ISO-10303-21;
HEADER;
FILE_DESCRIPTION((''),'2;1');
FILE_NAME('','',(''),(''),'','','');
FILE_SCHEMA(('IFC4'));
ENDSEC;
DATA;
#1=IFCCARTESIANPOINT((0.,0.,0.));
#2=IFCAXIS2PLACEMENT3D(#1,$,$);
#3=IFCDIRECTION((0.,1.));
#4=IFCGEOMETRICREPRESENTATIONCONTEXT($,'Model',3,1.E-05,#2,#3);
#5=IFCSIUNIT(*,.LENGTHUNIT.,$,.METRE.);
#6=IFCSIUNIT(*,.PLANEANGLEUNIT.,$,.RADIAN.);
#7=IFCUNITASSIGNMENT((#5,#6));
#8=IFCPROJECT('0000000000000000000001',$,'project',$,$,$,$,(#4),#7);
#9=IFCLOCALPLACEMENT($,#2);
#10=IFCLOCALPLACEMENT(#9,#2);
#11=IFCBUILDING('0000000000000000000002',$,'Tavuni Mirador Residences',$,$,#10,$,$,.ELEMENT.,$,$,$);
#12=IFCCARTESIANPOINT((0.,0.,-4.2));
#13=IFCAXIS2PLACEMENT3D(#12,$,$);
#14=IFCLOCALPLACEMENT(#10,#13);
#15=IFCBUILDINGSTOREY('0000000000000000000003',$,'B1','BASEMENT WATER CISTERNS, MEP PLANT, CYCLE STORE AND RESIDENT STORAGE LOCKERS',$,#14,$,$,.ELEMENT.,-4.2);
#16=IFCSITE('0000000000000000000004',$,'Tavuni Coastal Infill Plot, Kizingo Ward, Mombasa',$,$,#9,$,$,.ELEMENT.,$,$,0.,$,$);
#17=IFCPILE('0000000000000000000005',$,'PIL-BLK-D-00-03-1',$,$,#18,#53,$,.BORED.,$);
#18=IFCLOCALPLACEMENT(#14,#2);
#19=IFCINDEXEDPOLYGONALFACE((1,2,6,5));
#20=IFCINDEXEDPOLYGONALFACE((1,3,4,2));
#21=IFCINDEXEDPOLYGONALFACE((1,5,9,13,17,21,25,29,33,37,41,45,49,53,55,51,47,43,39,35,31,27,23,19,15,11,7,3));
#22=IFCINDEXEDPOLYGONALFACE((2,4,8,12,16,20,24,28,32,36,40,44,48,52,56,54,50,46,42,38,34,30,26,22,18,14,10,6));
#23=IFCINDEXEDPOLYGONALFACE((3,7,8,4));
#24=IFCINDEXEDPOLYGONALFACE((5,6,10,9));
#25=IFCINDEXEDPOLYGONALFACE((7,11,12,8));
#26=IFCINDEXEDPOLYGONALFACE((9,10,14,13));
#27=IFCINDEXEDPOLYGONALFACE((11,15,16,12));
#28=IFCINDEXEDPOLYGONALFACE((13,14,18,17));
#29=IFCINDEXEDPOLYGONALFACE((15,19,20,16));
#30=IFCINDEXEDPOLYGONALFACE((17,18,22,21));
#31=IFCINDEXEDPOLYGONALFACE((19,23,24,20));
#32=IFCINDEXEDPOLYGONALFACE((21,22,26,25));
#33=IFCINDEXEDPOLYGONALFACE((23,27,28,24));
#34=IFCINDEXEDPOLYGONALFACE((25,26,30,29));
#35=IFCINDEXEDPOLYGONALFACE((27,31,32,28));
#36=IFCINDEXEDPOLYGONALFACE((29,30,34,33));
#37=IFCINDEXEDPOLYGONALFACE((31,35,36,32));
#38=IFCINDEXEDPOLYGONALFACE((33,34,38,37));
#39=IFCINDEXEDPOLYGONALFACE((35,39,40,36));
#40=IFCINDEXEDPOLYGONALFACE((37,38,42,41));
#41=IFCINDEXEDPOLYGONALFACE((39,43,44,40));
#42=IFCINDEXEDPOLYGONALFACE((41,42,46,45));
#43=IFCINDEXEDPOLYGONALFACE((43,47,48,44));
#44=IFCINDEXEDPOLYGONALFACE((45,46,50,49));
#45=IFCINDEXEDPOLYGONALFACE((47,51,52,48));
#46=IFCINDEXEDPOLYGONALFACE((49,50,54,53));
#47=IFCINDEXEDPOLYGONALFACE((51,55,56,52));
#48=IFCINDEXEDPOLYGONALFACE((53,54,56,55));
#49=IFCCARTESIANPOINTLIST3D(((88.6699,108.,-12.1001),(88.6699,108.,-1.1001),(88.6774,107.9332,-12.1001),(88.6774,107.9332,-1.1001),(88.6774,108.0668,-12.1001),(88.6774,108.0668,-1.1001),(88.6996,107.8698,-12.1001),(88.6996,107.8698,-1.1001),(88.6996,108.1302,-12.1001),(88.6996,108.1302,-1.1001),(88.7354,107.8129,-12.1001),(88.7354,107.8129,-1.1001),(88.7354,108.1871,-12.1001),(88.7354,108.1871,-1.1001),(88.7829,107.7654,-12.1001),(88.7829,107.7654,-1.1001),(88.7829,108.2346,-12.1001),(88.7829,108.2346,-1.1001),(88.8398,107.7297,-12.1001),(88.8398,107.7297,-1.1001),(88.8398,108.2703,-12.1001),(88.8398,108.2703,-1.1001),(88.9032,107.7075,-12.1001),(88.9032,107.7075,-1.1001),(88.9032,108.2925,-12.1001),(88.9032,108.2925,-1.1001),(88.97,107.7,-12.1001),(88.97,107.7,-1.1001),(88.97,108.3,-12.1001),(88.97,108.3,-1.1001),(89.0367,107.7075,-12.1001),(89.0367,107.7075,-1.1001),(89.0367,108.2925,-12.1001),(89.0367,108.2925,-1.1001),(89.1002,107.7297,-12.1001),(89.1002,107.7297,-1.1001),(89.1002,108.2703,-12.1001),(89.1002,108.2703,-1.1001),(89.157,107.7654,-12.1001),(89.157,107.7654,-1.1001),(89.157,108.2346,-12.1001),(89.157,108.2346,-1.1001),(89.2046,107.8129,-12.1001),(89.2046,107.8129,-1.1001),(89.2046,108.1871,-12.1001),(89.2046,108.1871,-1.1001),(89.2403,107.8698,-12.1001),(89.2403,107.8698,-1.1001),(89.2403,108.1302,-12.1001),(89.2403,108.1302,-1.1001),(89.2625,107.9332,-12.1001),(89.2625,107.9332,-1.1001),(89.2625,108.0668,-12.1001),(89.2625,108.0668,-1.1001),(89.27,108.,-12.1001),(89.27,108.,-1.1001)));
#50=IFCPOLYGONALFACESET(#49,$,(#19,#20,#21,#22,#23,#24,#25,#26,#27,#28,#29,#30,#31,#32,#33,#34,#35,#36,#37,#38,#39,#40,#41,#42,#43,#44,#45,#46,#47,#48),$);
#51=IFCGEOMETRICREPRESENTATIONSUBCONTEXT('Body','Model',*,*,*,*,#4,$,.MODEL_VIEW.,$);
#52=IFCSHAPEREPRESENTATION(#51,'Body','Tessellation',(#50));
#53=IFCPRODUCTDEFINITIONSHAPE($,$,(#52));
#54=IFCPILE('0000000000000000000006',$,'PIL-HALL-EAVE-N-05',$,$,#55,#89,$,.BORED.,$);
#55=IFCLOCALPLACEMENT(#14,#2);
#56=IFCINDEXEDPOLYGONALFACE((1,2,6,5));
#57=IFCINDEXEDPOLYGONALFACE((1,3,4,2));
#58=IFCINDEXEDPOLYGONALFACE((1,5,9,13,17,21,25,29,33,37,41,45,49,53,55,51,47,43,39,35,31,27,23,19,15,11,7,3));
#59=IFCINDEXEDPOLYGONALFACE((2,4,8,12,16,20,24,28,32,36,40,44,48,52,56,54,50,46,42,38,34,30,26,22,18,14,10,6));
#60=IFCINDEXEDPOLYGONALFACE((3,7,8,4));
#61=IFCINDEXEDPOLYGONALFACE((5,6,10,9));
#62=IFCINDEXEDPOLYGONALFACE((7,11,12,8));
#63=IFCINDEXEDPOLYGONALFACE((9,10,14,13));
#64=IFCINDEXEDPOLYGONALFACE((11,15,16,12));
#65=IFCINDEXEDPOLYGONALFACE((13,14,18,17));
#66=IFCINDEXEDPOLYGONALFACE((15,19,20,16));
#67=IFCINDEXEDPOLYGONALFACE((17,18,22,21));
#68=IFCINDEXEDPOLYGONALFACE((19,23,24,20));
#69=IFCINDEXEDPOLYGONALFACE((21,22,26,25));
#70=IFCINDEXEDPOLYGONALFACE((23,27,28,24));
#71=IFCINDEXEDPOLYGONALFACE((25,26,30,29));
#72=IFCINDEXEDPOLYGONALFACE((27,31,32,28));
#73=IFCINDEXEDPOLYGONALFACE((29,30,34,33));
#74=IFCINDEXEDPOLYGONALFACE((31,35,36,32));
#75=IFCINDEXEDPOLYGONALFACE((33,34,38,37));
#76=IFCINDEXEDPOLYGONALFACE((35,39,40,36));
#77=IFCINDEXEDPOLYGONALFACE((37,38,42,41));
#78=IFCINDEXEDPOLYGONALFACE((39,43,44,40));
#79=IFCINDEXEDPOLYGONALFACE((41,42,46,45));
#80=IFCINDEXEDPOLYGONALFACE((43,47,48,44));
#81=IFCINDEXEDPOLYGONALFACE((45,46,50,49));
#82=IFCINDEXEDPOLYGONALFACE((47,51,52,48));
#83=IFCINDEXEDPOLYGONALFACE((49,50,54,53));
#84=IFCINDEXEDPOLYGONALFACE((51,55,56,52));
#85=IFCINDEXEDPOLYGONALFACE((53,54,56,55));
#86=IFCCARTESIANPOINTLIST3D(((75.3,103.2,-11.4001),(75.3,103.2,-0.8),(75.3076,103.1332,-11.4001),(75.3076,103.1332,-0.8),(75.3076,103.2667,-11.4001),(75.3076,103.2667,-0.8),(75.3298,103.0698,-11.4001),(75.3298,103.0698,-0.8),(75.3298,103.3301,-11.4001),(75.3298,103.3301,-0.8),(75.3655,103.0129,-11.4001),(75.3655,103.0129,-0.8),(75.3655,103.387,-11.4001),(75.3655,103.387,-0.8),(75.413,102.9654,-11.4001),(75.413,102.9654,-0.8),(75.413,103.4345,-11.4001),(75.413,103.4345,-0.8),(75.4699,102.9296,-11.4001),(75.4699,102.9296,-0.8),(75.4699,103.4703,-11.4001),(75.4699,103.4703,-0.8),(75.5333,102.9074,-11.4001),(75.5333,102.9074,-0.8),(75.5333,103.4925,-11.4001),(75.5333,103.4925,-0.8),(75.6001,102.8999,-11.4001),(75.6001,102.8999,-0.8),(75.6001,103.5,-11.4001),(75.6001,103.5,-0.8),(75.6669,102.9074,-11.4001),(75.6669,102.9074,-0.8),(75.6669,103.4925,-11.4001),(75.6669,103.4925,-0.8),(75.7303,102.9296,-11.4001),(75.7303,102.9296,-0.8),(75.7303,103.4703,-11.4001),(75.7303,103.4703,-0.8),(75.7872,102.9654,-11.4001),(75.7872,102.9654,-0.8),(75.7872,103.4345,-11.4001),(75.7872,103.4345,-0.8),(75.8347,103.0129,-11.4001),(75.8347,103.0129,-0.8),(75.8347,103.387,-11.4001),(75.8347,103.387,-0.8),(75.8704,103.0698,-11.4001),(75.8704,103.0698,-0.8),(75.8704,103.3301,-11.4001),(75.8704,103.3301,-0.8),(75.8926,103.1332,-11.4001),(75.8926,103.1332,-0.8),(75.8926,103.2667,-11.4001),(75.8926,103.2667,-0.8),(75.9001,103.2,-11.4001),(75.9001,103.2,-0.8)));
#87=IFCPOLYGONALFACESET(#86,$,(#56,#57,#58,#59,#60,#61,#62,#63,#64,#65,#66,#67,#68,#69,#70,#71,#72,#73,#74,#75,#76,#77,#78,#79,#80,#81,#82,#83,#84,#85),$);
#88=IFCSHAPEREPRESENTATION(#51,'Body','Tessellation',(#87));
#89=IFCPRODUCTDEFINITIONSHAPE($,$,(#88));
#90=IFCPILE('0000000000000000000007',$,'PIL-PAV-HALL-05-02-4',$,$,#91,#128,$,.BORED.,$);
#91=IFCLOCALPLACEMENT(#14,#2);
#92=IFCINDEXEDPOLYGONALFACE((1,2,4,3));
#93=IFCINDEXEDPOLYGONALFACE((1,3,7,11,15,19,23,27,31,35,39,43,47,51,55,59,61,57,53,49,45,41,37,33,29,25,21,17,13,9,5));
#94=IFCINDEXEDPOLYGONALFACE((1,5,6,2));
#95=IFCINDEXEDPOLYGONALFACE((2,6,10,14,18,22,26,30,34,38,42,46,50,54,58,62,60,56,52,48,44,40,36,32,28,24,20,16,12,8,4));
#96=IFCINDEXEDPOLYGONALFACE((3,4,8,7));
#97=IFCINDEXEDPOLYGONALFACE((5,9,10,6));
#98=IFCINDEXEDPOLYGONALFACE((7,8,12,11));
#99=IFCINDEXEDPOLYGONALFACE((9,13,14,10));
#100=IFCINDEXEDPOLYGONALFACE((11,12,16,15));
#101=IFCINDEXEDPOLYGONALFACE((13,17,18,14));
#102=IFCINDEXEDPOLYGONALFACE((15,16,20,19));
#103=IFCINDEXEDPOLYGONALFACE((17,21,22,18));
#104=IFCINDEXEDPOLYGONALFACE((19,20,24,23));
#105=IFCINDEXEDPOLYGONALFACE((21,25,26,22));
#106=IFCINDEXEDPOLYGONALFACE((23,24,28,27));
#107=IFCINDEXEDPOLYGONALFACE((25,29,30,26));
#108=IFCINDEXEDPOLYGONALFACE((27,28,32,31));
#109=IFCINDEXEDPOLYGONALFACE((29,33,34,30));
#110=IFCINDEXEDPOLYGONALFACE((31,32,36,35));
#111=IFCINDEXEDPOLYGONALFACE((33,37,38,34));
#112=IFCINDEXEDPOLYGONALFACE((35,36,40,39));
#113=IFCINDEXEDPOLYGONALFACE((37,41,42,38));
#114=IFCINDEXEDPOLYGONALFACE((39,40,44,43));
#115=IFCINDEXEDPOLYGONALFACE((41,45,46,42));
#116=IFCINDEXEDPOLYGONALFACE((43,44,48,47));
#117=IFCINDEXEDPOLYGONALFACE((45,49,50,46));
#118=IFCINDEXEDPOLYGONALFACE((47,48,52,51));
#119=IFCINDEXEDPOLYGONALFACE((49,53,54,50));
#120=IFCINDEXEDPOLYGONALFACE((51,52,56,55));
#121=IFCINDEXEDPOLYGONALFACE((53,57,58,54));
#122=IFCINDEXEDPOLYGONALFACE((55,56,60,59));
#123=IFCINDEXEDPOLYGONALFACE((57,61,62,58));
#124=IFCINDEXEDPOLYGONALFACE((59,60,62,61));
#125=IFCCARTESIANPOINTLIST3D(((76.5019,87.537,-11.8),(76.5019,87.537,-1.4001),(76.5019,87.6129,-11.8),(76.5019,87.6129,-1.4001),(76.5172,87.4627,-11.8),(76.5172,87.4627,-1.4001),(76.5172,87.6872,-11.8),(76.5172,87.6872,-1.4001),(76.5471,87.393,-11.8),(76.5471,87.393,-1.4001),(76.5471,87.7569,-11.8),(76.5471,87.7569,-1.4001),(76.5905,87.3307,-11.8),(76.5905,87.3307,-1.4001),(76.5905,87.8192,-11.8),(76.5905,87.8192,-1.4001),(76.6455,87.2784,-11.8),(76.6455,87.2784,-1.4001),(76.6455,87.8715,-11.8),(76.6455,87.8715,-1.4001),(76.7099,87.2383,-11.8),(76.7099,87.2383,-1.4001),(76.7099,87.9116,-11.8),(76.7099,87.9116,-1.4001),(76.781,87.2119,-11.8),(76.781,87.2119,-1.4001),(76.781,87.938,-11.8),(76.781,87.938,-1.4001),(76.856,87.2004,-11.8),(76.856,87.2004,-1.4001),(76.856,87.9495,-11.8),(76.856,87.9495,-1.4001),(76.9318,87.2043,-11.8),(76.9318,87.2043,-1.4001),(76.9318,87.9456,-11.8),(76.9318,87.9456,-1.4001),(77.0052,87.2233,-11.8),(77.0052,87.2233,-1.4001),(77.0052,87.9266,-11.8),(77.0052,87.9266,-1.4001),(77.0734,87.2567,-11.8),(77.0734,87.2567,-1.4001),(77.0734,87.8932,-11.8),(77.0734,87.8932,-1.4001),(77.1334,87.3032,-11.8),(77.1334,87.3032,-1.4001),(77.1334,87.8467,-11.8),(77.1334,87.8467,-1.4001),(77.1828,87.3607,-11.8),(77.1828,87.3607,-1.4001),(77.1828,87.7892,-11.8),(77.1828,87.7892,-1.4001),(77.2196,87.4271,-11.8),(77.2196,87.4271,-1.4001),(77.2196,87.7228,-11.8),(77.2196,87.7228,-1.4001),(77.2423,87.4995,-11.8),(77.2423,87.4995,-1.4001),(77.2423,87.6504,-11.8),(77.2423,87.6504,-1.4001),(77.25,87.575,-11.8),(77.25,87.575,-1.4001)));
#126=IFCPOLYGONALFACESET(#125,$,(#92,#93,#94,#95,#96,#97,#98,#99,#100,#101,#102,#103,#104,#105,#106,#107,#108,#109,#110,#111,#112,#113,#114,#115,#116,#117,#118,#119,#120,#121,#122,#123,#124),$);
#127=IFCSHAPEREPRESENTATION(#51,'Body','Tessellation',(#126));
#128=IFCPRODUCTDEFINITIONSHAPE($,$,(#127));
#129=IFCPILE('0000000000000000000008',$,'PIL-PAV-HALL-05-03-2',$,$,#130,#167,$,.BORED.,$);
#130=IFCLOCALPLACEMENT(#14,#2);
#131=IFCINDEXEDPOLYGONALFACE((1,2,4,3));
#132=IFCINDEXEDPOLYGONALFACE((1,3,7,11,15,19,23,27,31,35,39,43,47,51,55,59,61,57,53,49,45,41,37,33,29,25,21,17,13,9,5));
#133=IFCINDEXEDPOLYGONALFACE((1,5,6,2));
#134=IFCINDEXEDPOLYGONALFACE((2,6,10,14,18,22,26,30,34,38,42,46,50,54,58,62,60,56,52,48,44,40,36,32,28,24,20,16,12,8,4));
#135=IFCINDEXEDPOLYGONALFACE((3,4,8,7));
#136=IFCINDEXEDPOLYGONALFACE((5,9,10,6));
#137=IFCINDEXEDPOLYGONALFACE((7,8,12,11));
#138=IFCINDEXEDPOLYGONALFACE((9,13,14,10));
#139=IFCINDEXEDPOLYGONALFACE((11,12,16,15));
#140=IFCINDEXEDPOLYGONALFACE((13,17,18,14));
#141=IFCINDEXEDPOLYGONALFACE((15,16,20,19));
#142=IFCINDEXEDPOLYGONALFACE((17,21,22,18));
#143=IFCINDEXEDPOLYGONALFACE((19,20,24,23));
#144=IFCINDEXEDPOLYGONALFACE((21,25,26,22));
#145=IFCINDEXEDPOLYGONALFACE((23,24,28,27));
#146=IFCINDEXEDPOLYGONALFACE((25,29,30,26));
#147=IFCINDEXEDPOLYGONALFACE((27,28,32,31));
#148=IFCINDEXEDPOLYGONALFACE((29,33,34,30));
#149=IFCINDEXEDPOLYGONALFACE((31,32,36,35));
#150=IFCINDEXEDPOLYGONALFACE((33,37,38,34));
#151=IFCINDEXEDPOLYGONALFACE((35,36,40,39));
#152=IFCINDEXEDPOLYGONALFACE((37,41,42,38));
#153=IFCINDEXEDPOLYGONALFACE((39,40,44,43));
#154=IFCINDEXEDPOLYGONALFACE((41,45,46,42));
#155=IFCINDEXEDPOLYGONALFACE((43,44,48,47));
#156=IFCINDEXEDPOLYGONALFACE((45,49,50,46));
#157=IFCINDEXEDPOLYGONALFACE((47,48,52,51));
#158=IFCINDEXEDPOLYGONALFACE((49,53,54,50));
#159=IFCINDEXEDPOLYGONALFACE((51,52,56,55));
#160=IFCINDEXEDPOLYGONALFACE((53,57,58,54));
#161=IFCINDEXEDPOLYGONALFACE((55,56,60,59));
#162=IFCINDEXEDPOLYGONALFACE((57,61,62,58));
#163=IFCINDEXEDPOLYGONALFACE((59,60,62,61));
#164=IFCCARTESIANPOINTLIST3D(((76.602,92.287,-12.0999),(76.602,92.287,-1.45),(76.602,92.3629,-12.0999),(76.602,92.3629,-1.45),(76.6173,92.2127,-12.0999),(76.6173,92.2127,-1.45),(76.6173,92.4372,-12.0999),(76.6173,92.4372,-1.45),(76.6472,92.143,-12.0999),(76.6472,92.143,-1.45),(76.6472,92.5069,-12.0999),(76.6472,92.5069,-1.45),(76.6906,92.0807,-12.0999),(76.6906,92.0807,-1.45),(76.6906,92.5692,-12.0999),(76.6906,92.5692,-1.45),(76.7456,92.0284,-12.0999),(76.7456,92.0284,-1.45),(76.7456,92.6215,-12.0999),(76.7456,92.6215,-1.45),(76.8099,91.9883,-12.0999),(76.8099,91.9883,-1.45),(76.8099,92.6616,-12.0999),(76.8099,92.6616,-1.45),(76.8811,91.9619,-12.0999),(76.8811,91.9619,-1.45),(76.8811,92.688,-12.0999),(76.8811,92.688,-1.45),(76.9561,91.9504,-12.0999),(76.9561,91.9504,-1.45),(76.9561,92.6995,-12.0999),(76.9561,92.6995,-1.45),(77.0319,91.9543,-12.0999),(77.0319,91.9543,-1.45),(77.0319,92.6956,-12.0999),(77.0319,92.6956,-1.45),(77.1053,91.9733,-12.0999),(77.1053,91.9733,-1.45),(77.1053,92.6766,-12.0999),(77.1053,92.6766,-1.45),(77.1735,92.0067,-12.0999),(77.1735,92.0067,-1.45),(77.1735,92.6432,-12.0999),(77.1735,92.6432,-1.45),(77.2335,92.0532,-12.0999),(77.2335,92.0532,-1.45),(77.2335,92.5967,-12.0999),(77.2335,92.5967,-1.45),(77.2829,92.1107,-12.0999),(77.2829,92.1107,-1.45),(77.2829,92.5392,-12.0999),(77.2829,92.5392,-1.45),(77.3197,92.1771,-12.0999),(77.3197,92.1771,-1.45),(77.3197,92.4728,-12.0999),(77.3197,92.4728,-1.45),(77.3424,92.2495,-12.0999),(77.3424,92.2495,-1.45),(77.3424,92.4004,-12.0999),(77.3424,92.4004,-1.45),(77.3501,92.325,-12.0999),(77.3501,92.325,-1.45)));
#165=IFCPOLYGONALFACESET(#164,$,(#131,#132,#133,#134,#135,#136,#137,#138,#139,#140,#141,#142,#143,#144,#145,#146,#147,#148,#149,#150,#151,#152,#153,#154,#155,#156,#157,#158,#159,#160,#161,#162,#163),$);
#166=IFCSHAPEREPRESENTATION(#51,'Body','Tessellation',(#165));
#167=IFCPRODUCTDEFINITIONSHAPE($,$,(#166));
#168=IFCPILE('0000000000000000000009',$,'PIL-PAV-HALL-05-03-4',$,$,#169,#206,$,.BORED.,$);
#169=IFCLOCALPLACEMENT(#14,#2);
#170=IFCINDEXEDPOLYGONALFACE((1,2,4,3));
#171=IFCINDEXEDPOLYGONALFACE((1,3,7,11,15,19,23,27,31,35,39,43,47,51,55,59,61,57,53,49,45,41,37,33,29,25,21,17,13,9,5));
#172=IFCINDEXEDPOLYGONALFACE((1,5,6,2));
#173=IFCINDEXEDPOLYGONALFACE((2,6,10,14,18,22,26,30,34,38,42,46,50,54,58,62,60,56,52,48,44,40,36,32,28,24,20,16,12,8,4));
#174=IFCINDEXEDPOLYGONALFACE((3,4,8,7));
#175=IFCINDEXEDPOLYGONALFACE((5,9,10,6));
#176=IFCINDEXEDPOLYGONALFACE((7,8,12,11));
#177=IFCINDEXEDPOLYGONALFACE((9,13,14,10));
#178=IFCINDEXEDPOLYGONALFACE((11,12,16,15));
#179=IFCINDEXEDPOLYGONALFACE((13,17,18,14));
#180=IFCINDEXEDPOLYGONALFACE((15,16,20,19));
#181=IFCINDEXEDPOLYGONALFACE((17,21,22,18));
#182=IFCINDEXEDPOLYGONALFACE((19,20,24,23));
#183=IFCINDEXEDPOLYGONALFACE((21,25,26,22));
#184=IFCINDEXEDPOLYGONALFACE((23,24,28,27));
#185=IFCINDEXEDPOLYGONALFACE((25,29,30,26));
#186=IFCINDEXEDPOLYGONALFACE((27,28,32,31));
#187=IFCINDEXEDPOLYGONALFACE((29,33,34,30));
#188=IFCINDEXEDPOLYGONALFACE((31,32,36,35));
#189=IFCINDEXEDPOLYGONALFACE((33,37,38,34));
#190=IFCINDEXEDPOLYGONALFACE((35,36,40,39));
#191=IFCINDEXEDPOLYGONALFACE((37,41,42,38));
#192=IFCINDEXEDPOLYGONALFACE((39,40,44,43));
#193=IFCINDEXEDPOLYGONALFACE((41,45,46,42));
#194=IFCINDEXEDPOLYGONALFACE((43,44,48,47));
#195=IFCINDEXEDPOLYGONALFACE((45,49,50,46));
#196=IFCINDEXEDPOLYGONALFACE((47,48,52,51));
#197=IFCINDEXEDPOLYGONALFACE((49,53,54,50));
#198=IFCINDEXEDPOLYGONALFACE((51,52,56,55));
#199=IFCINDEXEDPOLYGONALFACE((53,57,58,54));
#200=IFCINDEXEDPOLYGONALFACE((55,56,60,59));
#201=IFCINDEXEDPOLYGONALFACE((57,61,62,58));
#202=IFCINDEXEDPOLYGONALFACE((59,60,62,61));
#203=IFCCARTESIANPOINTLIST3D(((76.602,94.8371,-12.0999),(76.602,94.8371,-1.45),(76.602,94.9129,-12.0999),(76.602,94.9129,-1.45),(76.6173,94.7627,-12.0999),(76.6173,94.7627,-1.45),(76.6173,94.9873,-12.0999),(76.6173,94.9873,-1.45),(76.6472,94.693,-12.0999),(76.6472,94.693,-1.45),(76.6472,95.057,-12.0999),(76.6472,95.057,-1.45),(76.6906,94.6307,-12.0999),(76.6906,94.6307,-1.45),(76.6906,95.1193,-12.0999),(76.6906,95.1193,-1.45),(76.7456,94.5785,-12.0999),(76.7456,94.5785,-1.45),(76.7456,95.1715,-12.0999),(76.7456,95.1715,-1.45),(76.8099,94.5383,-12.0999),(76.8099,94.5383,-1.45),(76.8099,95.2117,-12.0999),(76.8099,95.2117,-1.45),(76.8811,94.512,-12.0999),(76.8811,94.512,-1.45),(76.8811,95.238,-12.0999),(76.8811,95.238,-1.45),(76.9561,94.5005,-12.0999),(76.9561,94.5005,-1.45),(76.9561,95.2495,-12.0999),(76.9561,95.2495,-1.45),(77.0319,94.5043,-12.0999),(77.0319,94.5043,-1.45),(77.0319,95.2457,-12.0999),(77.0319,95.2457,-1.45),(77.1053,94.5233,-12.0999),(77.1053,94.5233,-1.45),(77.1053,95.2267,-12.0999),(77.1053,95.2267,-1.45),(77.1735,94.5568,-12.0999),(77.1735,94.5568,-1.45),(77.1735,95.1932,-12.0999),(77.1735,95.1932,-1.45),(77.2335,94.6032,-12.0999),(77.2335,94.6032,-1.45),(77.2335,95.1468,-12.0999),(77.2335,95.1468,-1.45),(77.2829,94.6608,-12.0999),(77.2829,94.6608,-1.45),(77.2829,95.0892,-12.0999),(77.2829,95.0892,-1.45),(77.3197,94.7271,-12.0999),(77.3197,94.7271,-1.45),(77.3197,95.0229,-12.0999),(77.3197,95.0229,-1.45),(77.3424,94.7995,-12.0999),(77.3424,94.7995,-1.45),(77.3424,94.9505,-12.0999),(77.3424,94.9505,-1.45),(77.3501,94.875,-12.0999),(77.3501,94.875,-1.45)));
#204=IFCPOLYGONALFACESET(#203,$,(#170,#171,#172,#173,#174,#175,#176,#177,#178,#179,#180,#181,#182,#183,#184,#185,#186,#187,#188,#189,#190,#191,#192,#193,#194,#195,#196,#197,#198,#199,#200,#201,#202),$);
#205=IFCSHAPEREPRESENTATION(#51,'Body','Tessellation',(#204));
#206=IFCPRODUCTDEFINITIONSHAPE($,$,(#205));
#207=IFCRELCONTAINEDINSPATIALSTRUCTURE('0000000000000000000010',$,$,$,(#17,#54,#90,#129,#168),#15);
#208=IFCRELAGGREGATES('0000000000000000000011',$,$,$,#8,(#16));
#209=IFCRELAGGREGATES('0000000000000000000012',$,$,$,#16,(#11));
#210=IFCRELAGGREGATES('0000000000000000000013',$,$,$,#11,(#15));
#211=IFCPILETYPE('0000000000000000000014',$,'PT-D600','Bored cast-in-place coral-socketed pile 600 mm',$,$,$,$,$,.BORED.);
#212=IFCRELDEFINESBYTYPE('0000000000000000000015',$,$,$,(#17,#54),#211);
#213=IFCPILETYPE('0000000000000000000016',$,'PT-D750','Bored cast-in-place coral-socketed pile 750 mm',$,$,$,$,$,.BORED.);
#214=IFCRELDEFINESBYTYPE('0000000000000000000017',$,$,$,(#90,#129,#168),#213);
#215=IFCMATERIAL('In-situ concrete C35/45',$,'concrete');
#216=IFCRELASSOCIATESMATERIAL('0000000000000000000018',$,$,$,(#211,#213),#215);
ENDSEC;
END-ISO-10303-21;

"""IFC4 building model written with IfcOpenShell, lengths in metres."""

from ifc_helpers import new_model, si_unit, direction, frame, origin, origin_2d, place, context, subcontext, project, spatial, circle, extrude, material, material_profile, profile_set, type_object, element, save


model = new_model("IFC4")

# Units and contexts
model_context = context("Model", 3, precision=1e-05, world=origin(), true_north=direction((0.0, 1.0)))
body_context = subcontext(model_context, "Body", "Model", "MODEL_VIEW")
ifc_project = project(units=[si_unit("LENGTHUNIT", "METRE"), si_unit("PLANEANGLEUNIT", "RADIAN")], contexts=[model_context])

# Site, building, storey
site_placement = place(None, origin())
site = spatial("IfcSite", under=ifc_project, at=site_placement, Name="Tavuni Coastal Infill Plot, Kizingo Ward, Mombasa", CompositionType="ELEMENT", RefElevation=0.0)
building_placement = place(site_placement, origin())
building = spatial("IfcBuilding", under=site, at=building_placement, Name="Tavuni Mirador Residences", CompositionType="ELEMENT")
storey_placement = place(building_placement, frame((0.0, 0.0, -4.2)))
storey = spatial("IfcBuildingStorey", under=building, at=storey_placement, Name="B1", Description="BASEMENT WATER CISTERNS, MEP PLANT, CYCLE STORE AND RESIDENT STORAGE LOCKERS", CompositionType="ELEMENT", Elevation=-4.2)

# Shared definitions
ifc_material_1 = material(Name="In-situ concrete C35/45", Category="concrete")

# Piles
ifc_material_profile_1 = material_profile(ifc_material_1, circle(Radius=0.3, at=origin_2d()), Name="PILE D600", Category="concrete")
ifc_profile_set_1 = profile_set([ifc_material_profile_1], Name="In-situ concrete C35/45")
pile_type_1 = type_object("IfcPileType", Name="PT-D600", Description="Bored cast-in-place coral-socketed pile 600 mm", PredefinedType="BORED", material=ifc_profile_set_1)
pile_1_placement = place(storey_placement, frame((88.97, 108.0, -1.1001), z_axis=(0.0, 0.0, -1.0), x_axis=(1.0, 0.0, 0.0)))
element("IfcPile", 1, at=pile_1_placement, inside=storey, type_object=pile_type_1, Name="PIL-BLK-D-00-03-1", PredefinedType="BORED", context=body_context, shape_type="SweptSolid", body=[
    extrude(circle(Radius=0.3, at=origin_2d()), origin(), (0.0, 0.0, 1.0), 11.0),
])
pile_2_placement = place(storey_placement, frame((75.6001, 103.2, -0.8), z_axis=(0.0, 0.0, -1.0), x_axis=(1.0, 0.0, 0.0)))
element("IfcPile", 2, at=pile_2_placement, inside=storey, type_object=pile_type_1, Name="PIL-HALL-EAVE-N-05", PredefinedType="BORED", context=body_context, shape_type="SweptSolid", body=[
    extrude(circle(Radius=0.3, at=origin_2d()), origin(), (0.0, 0.0, 1.0), 10.6001),
])
ifc_material_profile_2 = material_profile(ifc_material_1, circle(Radius=0.375, at=origin_2d()), Name="PILE D750", Category="concrete")
ifc_profile_set_2 = profile_set([ifc_material_profile_2], Name="In-situ concrete C35/45")
pile_type_2 = type_object("IfcPileType", Name="PT-D750", Description="Bored cast-in-place coral-socketed pile 750 mm", PredefinedType="BORED", material=ifc_profile_set_2)
pile_3_placement = place(storey_placement, frame((76.875, 87.575, -1.4001), z_axis=(0.0, 0.0, -1.0), x_axis=(1.0, 0.0, 0.0)))
element("IfcPile", 3, at=pile_3_placement, inside=storey, type_object=pile_type_2, Name="PIL-PAV-HALL-05-02-4", PredefinedType="BORED", context=body_context, shape_type="SweptSolid", body=[
    extrude(circle(Radius=0.375, at=origin_2d()), origin(), (0.0, 0.0, 1.0), 10.3999),
])
for number, where, z_axis, x_axis, name in (
    (4, (76.9751, 92.325, -1.45), (0.0, 0.0, -1.0), (1.0, 0.0, 0.0), "PIL-PAV-HALL-05-03-2"),
    (5, (76.9751, 94.875, -1.45), (0.0, 0.0, -1.0), (1.0, 0.0, 0.0), "PIL-PAV-HALL-05-03-4"),
):
    element("IfcPile", number, at=place(storey_placement, frame(where, z_axis=z_axis, x_axis=x_axis)), inside=storey, type_object=pile_type_2, Name=name, PredefinedType="BORED", context=body_context, shape_type="SweptSolid", body=[
        extrude(circle(Radius=0.375, at=origin_2d()), origin(), (0.0, 0.0, 1.0), 10.6499),
    ])

save(model, "model.ifc")
